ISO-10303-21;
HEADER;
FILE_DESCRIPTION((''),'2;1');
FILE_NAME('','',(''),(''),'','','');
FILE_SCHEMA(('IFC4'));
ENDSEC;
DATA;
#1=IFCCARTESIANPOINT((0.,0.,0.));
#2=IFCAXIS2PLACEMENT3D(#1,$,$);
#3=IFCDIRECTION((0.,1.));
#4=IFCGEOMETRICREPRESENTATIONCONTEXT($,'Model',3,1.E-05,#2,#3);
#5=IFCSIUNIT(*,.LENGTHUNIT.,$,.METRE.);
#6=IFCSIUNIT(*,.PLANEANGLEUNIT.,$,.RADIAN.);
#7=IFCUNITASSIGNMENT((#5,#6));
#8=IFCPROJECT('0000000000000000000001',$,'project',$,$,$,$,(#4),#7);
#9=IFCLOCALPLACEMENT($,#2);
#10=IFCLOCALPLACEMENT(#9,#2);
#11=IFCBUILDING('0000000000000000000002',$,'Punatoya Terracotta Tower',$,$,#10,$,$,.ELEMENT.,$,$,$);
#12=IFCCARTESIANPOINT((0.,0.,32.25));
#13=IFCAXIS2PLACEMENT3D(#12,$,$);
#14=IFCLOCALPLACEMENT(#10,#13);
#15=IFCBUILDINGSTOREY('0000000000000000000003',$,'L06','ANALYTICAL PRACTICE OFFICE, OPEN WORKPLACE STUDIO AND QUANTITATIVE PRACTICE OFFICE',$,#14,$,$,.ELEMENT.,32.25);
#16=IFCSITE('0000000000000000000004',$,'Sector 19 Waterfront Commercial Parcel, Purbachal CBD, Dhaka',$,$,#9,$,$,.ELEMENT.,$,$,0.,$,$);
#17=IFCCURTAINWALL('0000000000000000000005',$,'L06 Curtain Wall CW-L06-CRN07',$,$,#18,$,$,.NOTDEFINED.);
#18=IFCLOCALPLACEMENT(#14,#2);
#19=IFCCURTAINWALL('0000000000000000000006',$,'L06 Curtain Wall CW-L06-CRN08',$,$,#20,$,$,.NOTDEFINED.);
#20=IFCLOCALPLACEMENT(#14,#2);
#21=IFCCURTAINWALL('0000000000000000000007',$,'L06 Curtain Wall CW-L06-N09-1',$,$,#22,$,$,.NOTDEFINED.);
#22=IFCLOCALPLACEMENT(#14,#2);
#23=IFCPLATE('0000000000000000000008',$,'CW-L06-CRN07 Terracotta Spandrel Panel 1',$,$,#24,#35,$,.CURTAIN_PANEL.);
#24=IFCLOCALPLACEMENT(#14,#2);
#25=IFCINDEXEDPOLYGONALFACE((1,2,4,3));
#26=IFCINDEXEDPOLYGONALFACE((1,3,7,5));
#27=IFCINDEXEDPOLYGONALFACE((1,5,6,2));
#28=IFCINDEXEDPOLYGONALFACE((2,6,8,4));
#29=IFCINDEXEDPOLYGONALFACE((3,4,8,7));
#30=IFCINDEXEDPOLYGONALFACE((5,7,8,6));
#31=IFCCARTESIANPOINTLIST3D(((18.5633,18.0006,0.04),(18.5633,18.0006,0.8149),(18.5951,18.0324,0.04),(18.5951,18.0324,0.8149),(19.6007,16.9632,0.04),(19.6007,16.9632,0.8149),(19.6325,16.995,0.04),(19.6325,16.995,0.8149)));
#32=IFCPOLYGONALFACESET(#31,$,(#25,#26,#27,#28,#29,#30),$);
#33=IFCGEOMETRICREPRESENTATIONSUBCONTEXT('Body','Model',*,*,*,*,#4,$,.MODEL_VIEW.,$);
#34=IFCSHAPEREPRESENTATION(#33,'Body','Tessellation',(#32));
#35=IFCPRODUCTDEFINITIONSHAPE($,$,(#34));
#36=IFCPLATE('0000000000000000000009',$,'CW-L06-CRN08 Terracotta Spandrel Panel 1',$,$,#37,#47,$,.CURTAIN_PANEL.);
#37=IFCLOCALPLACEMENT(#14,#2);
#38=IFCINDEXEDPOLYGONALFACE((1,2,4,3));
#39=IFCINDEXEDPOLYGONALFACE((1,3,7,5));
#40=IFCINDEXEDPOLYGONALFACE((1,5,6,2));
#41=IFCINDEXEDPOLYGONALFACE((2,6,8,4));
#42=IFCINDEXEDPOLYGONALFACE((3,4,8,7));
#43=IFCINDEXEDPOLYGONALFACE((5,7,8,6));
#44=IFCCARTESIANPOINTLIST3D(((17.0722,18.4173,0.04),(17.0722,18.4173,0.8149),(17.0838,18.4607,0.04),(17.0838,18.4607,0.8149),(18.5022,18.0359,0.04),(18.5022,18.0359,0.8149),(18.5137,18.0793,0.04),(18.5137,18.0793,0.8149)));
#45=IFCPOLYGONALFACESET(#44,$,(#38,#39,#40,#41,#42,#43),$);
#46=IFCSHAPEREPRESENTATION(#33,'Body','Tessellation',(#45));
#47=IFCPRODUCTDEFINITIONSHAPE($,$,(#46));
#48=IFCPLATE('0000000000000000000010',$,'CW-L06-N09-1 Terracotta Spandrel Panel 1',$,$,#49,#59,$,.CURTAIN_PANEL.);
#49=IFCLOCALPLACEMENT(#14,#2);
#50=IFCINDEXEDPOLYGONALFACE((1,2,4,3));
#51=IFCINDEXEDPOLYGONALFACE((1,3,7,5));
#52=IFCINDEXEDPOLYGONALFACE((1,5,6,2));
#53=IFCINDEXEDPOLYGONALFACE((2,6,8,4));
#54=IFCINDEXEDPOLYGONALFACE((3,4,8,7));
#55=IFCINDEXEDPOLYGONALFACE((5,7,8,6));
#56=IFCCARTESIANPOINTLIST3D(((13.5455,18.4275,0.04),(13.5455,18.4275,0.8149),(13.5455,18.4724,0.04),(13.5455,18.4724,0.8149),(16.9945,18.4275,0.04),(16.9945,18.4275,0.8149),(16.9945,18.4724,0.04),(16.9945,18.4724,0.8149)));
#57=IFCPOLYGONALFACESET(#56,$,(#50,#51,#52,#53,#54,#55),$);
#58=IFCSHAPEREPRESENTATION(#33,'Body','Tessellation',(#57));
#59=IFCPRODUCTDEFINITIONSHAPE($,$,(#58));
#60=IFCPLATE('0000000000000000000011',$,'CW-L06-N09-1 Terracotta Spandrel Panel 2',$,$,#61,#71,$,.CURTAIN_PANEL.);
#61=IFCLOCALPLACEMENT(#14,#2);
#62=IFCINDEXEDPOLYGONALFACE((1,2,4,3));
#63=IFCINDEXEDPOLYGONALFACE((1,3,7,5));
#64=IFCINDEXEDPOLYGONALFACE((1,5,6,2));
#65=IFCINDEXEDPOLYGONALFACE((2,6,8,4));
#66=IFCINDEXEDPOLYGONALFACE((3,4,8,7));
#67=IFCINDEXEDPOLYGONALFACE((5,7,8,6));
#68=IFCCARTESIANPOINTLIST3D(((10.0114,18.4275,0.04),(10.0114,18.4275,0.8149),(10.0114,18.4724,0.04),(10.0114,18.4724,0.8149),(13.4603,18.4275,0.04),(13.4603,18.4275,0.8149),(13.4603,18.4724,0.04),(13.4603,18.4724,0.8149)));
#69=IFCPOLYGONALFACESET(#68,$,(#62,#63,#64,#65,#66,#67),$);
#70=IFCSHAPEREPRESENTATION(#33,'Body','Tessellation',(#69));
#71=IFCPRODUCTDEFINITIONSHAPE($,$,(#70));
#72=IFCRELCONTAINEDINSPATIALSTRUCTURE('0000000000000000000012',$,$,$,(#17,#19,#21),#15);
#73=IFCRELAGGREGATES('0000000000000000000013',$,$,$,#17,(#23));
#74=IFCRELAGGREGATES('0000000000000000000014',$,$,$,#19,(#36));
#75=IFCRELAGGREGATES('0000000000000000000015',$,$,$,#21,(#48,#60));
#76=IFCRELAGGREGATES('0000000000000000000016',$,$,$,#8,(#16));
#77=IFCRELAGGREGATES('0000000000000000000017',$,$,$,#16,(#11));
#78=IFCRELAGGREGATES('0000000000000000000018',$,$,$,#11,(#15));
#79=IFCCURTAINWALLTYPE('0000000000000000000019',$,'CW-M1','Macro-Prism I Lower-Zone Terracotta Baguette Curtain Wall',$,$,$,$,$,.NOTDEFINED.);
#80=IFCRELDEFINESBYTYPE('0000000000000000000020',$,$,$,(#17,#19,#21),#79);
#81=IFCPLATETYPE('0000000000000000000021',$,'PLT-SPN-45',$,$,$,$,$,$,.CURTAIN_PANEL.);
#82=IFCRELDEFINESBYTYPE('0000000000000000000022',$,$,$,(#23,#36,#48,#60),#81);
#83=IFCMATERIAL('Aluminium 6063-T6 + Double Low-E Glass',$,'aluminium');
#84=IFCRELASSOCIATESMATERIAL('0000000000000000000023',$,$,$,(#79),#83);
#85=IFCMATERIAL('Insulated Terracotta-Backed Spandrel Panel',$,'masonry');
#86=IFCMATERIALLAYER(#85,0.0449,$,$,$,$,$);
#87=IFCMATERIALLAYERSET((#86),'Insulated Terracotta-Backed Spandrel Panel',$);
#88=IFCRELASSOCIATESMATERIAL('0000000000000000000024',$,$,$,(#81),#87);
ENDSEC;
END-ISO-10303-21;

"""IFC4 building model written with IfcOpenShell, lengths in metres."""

from ifc_helpers import new_model, si_unit, direction, frame, origin, origin_2d, place, context, subcontext, project, spatial, rectangle, extrude, material, layer, layer_set, type_object, element, aggregate, save


model = new_model("IFC4")

# Units and contexts
model_context = context("Model", 3, precision=1e-05, world=origin(), true_north=direction((0.0, 1.0)))
body_context = subcontext(model_context, "Body", "Model", "MODEL_VIEW")
ifc_project = project(units=[si_unit("LENGTHUNIT", "METRE"), si_unit("PLANEANGLEUNIT", "RADIAN")], contexts=[model_context])

# Site, building, storey
site_placement = place(None, origin())
site = spatial("IfcSite", under=ifc_project, at=site_placement, Name="Sector 19 Waterfront Commercial Parcel, Purbachal CBD, Dhaka", CompositionType="ELEMENT", RefElevation=0.0)
building_placement = place(site_placement, origin())
building = spatial("IfcBuilding", under=site, at=building_placement, Name="Punatoya Terracotta Tower", CompositionType="ELEMENT")
storey_placement = place(building_placement, frame((0.0, 0.0, 32.25)))
storey = spatial("IfcBuildingStorey", under=building, at=storey_placement, Name="L06", Description="ANALYTICAL PRACTICE OFFICE, OPEN WORKPLACE STUDIO AND QUANTITATIVE PRACTICE OFFICE", CompositionType="ELEMENT", Elevation=32.25)

# Shared definitions
ifc_material_1 = material(Name="Aluminium 6063-T6 + Double Low-E Glass", Category="aluminium")
curtain_wall_type = type_object("IfcCurtainWallType", Name="CW-M1", Description="Macro-Prism I Lower-Zone Terracotta Baguette Curtain Wall", PredefinedType="NOTDEFINED", material=ifc_material_1)

# Curtain walls
curtain_wall_1_placement = place(storey_placement, origin())
curtain_wall_1 = element("IfcCurtainWall", 1, at=curtain_wall_1_placement, inside=storey, type_object=curtain_wall_type, Name="L06 Curtain Wall CW-L06-CRN07", PredefinedType="NOTDEFINED")
curtain_wall_2_placement = place(storey_placement, origin())
curtain_wall_2 = element("IfcCurtainWall", 2, at=curtain_wall_2_placement, inside=storey, type_object=curtain_wall_type, Name="L06 Curtain Wall CW-L06-CRN08", PredefinedType="NOTDEFINED")
curtain_wall_3_placement = place(storey_placement, origin())
curtain_wall_3 = element("IfcCurtainWall", 3, at=curtain_wall_3_placement, inside=storey, type_object=curtain_wall_type, Name="L06 Curtain Wall CW-L06-N09-1", PredefinedType="NOTDEFINED")

# Plates
ifc_material_2 = material(Name="Insulated Terracotta-Backed Spandrel Panel", Category="masonry")
ifc_layer_1 = layer(ifc_material_2, 0.0449)
ifc_layer_set_1 = layer_set([ifc_layer_1], Name="Insulated Terracotta-Backed Spandrel Panel")
plate_type_1 = type_object("IfcPlateType", Name="PLT-SPN-45", PredefinedType="CURTAIN_PANEL", material=ifc_layer_set_1)
plate_1_placement = place(storey_placement, frame((19.0979, 17.4978, 0.04), z_axis=(0.0, 0.0, 1.0), x_axis=(-0.707107, 0.707107, 0.0)))
plate_1 = element("IfcPlate", 4, at=plate_1_placement, type_object=plate_type_1, Name="CW-L06-CRN07 Terracotta Spandrel Panel 1", PredefinedType="CURTAIN_PANEL", context=body_context, shape_type="SweptSolid", body=[
    extrude(rectangle(XDim=1.467, YDim=0.0449, at=origin_2d()), origin(), (0.0, 0.0, 1.0), 0.7749),
])
aggregate(curtain_wall_1, [plate_1])
plate_2_placement = place(storey_placement, frame((17.793, 18.2483, 0.04), z_axis=(0.0, 0.0, 1.0), x_axis=(-0.966214, 0.257742, 0.0)))
plate_2 = element("IfcPlate", 5, at=plate_2_placement, type_object=plate_type_1, Name="CW-L06-CRN08 Terracotta Spandrel Panel 1", PredefinedType="CURTAIN_PANEL", context=body_context, shape_type="SweptSolid", body=[
    extrude(rectangle(XDim=1.48, YDim=0.0449, at=origin_2d()), origin(), (0.0, 0.0, 1.0), 0.7749),
])
aggregate(curtain_wall_2, [plate_2])
plate_3_placement = place(storey_placement, frame((15.27, 18.45, 0.04), z_axis=(0.0, 0.0, 1.0), x_axis=(-1.0, 0.0, 0.0)))
plate_3 = element("IfcPlate", 6, at=plate_3_placement, type_object=plate_type_1, Name="CW-L06-N09-1 Terracotta Spandrel Panel 1", PredefinedType="CURTAIN_PANEL", context=body_context, shape_type="SweptSolid", body=[
    extrude(rectangle(XDim=3.449, YDim=0.0449, at=origin_2d()), origin(), (0.0, 0.0, 1.0), 0.7749),
])
plate_4_placement = place(storey_placement, frame((11.7358, 18.45, 0.04), z_axis=(0.0, 0.0, 1.0), x_axis=(-1.0, 0.0, 0.0)))
plate_4 = element("IfcPlate", 7, at=plate_4_placement, type_object=plate_type_1, Name="CW-L06-N09-1 Terracotta Spandrel Panel 2", PredefinedType="CURTAIN_PANEL", context=body_context, shape_type="SweptSolid", body=[
    extrude(rectangle(XDim=3.449, YDim=0.0449, at=origin_2d()), origin(), (0.0, 0.0, 1.0), 0.7749),
])
aggregate(curtain_wall_3, [plate_3, plate_4])

save(model, "model.ifc")
